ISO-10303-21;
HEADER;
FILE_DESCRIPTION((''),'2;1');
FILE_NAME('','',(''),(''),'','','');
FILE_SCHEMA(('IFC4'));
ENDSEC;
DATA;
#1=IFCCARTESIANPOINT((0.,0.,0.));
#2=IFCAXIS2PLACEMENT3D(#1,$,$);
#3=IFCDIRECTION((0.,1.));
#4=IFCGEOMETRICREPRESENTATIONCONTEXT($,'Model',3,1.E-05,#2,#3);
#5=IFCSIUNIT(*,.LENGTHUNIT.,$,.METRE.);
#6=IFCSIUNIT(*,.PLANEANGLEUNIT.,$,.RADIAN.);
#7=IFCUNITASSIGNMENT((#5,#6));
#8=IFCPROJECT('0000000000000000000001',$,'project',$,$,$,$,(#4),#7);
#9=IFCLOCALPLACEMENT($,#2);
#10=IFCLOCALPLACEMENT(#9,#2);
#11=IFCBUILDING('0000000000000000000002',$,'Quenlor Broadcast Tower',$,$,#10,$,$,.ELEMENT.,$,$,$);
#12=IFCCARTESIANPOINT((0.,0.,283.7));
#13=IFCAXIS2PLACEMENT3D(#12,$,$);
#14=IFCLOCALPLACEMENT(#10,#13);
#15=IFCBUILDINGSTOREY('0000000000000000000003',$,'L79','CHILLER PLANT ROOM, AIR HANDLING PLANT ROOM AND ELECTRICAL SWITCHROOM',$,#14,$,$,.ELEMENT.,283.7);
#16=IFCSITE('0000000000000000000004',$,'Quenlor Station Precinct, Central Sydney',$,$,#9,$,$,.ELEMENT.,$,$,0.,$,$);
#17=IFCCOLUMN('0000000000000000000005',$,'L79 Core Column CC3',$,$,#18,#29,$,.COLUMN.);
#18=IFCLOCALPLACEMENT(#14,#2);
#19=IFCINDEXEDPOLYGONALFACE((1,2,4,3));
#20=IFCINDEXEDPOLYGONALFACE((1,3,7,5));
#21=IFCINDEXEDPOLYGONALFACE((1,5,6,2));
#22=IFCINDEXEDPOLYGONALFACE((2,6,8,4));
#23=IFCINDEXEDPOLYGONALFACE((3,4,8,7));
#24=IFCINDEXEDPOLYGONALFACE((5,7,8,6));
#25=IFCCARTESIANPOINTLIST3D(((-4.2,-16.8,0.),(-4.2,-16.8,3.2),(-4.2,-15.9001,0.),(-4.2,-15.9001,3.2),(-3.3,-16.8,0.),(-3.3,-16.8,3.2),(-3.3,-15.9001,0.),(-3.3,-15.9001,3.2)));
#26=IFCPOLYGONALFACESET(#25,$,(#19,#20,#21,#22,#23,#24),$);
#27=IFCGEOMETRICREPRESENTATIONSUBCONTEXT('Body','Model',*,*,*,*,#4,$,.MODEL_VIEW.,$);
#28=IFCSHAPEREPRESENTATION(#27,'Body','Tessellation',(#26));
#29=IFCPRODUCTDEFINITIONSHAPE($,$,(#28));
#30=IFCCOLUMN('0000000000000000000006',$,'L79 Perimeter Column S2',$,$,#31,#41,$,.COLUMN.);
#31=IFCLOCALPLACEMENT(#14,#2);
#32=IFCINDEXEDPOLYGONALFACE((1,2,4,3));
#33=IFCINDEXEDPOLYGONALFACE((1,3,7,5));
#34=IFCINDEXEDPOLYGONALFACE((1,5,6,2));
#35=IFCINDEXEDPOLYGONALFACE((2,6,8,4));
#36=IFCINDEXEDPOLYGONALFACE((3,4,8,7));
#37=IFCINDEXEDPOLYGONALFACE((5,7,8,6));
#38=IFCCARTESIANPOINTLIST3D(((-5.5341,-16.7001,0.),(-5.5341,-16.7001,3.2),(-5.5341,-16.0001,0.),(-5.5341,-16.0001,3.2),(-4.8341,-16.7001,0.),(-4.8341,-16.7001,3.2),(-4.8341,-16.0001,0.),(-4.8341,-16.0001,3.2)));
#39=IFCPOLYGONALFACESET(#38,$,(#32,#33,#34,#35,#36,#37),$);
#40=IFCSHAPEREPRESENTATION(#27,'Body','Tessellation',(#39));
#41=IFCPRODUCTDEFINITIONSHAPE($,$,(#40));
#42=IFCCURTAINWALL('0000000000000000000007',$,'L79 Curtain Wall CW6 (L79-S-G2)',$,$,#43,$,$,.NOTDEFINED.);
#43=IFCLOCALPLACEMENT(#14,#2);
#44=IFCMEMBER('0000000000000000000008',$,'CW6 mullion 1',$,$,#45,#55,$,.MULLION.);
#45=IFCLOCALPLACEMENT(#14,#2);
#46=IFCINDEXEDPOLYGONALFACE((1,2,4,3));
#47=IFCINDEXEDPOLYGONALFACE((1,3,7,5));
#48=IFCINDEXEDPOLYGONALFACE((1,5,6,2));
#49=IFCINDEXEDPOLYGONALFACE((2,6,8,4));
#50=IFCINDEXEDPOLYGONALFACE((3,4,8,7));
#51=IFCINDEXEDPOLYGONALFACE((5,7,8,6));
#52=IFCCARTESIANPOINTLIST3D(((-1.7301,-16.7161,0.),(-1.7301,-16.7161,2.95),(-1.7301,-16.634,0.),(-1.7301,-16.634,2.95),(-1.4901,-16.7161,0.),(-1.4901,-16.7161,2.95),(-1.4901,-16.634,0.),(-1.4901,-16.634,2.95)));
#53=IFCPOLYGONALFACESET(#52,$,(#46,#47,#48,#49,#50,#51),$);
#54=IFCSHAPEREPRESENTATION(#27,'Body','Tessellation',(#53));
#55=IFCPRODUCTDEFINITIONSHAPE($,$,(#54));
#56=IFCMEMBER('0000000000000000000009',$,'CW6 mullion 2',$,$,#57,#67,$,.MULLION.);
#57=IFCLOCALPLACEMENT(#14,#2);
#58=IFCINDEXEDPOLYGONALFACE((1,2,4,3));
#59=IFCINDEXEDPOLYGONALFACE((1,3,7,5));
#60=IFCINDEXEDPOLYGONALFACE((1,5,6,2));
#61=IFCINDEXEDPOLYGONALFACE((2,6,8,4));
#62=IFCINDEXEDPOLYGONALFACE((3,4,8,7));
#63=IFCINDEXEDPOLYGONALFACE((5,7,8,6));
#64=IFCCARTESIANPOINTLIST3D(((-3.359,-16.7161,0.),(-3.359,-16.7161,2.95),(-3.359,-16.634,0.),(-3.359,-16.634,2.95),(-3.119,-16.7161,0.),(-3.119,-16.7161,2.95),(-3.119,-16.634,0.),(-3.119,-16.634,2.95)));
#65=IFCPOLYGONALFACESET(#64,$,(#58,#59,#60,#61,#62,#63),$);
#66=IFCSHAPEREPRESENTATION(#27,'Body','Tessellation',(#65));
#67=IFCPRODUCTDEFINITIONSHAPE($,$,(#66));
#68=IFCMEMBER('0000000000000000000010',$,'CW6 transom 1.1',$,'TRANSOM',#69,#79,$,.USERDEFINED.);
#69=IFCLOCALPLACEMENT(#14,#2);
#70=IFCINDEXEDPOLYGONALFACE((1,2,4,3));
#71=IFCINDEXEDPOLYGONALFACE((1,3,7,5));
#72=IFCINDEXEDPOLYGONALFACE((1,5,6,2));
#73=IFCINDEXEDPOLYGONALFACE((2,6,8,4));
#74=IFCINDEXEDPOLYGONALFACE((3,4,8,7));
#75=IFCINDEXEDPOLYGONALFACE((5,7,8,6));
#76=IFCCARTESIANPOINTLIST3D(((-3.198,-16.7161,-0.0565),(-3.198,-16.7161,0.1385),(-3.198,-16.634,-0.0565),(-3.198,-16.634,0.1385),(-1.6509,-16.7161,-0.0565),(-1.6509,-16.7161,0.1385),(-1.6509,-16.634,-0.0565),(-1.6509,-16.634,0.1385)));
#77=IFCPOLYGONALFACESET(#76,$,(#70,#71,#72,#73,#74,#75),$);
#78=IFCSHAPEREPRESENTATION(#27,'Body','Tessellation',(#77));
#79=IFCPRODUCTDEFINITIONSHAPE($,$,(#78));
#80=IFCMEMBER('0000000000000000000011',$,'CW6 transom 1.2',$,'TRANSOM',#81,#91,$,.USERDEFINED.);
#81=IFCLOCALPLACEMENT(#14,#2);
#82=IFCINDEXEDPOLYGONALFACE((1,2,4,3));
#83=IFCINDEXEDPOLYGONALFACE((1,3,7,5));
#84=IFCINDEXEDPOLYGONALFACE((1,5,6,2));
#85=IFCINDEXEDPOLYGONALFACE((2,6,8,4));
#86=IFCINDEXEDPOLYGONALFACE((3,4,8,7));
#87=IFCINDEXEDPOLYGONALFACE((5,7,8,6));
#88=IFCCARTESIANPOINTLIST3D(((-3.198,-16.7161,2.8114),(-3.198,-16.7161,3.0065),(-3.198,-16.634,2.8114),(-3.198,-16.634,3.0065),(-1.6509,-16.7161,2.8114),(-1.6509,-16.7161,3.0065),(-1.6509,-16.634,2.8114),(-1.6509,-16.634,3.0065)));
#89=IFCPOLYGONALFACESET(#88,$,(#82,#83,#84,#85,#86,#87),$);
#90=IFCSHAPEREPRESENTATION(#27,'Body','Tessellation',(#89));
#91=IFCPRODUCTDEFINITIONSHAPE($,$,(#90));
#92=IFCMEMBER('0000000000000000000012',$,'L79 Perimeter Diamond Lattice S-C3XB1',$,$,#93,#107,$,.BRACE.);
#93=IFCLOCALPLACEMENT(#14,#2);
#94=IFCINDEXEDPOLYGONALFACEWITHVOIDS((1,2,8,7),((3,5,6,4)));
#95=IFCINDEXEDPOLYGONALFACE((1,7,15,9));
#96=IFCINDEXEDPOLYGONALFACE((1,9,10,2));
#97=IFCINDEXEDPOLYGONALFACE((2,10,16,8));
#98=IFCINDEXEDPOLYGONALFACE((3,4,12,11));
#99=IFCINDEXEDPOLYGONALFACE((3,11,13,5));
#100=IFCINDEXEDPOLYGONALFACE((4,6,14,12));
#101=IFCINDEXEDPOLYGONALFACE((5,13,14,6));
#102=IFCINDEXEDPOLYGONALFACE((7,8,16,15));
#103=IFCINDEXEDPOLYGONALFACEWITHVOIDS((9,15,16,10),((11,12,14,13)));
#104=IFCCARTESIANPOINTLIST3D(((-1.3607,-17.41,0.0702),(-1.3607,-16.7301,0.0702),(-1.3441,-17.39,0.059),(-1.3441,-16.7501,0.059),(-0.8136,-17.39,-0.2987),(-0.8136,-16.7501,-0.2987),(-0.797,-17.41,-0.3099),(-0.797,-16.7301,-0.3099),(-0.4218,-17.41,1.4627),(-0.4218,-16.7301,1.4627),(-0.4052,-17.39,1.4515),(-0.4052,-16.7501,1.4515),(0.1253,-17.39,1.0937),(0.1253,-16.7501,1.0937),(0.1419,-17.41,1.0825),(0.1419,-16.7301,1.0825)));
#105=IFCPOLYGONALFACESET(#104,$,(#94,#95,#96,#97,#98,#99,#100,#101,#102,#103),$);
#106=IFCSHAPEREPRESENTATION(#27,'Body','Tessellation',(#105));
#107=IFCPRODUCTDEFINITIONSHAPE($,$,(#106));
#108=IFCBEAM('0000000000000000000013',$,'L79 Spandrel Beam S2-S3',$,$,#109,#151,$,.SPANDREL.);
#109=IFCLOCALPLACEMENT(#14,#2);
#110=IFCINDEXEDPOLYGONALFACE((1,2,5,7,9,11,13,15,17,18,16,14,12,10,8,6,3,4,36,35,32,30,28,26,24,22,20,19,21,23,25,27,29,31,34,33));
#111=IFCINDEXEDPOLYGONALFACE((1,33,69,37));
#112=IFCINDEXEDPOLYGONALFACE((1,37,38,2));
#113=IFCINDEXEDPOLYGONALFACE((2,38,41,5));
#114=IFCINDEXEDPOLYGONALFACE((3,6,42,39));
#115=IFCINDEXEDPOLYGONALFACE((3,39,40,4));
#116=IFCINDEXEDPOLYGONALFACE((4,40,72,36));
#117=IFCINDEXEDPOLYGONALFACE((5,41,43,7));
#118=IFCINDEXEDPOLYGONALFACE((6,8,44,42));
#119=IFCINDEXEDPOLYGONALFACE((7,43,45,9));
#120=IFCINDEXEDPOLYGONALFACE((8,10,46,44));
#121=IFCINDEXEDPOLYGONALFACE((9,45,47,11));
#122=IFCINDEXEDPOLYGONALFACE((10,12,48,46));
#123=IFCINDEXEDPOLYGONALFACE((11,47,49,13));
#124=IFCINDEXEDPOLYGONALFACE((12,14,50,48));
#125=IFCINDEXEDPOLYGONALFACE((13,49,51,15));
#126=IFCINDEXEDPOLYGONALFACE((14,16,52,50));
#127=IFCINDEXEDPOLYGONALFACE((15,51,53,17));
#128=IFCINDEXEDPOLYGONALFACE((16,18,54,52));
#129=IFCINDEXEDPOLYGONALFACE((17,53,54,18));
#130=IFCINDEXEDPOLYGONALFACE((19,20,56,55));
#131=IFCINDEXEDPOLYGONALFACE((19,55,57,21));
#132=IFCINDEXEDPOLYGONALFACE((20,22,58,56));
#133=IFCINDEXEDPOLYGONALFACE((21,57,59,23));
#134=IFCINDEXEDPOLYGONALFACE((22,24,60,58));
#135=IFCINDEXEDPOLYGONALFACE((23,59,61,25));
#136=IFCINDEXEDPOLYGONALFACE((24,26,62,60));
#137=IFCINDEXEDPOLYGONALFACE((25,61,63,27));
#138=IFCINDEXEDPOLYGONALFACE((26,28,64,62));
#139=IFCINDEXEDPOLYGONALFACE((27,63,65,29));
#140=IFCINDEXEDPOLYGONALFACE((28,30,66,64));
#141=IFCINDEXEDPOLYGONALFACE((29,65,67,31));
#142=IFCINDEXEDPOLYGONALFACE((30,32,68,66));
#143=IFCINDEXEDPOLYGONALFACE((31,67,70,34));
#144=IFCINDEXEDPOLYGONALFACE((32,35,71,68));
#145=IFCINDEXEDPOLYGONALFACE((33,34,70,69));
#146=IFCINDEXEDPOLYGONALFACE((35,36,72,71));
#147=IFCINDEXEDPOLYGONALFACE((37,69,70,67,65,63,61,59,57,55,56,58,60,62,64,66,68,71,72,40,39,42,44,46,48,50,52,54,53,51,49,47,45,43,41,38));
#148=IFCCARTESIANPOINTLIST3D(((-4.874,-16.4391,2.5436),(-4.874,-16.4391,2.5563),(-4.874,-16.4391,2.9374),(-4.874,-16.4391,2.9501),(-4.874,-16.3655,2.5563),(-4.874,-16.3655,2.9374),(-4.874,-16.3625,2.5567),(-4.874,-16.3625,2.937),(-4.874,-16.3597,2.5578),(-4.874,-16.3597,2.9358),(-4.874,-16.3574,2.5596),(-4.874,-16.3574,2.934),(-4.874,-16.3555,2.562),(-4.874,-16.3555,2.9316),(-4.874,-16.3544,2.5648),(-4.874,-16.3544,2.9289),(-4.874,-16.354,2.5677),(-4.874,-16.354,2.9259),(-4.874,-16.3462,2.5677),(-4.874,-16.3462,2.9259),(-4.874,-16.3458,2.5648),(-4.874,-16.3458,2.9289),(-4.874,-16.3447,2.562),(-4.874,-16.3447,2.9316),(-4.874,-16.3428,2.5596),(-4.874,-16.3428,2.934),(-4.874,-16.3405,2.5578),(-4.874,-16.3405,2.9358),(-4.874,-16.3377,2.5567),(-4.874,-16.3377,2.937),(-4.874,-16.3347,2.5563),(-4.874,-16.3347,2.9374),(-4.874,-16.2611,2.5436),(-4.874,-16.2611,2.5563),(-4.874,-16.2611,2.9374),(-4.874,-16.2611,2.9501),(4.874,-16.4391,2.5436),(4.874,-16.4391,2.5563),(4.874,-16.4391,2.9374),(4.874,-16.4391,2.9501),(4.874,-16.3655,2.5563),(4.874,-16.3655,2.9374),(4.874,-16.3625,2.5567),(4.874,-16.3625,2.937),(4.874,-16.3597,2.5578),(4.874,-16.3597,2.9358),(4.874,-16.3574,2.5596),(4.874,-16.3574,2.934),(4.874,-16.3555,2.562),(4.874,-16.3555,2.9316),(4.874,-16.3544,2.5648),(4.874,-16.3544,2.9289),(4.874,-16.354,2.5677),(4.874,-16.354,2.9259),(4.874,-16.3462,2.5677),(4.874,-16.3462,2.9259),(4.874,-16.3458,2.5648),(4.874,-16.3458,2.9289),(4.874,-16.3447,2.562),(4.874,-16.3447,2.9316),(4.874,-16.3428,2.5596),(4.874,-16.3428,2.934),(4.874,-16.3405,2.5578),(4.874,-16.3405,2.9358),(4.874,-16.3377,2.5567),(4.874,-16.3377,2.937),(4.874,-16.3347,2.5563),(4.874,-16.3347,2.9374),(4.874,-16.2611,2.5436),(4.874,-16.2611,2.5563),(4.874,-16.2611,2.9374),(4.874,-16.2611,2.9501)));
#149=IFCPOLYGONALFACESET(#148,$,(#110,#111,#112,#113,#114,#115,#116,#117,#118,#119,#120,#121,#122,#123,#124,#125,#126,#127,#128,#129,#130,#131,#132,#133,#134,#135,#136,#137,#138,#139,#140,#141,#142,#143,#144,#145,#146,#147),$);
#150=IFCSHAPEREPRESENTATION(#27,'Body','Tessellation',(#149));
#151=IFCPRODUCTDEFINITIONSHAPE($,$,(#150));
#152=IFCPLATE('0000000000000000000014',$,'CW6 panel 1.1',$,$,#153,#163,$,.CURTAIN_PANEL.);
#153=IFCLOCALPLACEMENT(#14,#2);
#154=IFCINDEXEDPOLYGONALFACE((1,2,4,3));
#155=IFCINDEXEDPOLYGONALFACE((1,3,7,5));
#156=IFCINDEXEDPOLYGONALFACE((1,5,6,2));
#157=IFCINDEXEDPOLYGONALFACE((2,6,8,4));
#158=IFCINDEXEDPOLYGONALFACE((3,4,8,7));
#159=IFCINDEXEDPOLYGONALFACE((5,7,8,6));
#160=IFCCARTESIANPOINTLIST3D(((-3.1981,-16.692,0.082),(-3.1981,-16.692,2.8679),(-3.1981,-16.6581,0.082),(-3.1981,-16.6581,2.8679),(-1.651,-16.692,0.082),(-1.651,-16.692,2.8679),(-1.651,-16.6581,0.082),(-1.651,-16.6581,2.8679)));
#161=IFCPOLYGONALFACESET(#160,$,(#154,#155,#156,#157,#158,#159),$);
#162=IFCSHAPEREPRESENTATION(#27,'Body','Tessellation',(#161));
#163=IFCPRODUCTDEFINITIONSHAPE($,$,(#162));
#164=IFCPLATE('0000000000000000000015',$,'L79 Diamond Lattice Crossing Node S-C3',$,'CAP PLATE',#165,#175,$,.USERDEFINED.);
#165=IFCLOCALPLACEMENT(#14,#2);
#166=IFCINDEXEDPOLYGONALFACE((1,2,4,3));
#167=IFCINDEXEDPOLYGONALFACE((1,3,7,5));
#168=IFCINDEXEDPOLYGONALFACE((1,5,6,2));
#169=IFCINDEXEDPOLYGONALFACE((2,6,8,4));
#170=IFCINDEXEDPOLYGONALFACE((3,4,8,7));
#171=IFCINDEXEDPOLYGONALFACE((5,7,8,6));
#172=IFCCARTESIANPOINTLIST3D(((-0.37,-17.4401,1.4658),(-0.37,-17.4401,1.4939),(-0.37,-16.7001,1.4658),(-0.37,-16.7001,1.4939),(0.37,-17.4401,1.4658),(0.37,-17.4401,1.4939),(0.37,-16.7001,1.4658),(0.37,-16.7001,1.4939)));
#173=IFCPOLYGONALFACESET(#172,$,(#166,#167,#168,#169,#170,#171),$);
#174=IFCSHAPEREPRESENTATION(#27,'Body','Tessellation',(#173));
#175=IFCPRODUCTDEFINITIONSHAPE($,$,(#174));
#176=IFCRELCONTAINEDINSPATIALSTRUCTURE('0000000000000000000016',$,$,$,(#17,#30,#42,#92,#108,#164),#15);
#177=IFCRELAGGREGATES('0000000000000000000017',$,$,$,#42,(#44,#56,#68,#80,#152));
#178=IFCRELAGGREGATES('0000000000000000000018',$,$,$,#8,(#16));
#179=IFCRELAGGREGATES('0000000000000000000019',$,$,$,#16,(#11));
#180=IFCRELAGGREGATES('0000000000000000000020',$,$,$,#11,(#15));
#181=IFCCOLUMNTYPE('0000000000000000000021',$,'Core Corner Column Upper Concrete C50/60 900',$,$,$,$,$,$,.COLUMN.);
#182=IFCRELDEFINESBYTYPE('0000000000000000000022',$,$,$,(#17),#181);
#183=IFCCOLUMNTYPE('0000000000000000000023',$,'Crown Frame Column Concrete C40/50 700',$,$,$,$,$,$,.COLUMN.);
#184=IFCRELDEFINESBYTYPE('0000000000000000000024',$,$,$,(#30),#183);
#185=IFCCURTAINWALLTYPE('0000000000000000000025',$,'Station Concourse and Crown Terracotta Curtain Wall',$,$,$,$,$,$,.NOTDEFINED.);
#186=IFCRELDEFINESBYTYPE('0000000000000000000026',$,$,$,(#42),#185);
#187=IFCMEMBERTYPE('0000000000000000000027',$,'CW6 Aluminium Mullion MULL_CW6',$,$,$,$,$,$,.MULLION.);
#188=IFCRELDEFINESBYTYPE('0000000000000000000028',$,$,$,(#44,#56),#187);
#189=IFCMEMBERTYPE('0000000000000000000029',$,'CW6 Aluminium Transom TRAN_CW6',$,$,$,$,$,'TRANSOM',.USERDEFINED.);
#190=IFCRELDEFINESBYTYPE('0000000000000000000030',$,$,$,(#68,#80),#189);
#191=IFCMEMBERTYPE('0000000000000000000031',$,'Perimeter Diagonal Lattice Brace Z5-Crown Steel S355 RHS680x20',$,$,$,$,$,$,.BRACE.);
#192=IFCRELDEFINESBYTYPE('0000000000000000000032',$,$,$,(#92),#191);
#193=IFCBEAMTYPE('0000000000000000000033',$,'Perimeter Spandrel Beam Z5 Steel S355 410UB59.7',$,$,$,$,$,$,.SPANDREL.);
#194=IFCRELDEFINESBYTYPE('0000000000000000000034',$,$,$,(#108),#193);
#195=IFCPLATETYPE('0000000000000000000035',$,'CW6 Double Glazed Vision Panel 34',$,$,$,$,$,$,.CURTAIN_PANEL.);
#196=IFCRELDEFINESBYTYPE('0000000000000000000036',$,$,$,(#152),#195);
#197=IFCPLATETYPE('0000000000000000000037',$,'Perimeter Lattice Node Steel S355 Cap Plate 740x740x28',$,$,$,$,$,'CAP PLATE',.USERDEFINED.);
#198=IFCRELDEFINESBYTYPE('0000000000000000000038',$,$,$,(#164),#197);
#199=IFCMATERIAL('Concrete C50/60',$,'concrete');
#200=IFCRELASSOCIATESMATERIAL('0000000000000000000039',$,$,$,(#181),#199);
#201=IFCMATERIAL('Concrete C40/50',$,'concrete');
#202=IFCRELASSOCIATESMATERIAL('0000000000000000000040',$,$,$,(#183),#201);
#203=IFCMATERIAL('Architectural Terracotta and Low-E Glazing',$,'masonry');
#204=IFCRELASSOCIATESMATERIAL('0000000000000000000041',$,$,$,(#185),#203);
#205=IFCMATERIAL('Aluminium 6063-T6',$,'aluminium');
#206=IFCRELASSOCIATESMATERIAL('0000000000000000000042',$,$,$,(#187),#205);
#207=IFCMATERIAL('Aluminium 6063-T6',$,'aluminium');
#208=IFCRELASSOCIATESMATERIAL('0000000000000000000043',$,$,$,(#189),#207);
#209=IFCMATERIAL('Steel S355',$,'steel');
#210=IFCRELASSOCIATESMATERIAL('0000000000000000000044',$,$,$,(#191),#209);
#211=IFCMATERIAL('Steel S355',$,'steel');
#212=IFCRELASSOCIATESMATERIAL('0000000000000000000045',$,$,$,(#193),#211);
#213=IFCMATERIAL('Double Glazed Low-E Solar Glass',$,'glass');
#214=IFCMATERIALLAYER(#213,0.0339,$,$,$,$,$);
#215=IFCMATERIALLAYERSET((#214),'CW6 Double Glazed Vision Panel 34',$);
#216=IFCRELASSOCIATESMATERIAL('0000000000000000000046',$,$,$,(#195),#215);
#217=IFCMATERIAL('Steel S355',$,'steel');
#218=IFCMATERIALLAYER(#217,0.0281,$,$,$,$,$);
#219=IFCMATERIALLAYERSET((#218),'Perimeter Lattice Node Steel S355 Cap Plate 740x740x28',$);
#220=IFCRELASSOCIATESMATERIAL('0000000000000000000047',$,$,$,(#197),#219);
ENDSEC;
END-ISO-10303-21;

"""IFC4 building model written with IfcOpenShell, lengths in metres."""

from ifc_helpers import new_model, si_unit, direction, frame, origin, origin_2d, place, context, subcontext, project, spatial, rectangle, hollow_rectangle, i_section, extrude, material, layer, layer_set, material_profile, profile_set, type_object, element, aggregate, save


model = new_model("IFC4")

# Units and contexts
model_context = context("Model", 3, precision=1e-05, world=origin(), true_north=direction((0.0, 1.0)))
body_context = subcontext(model_context, "Body", "Model", "MODEL_VIEW")
ifc_project = project(units=[si_unit("LENGTHUNIT", "METRE"), si_unit("PLANEANGLEUNIT", "RADIAN")], contexts=[model_context])

# Site, building, storey
site_placement = place(None, origin())
site = spatial("IfcSite", under=ifc_project, at=site_placement, Name="Quenlor Station Precinct, Central Sydney", CompositionType="ELEMENT", RefElevation=0.0)
building_placement = place(site_placement, origin())
building = spatial("IfcBuilding", under=site, at=building_placement, Name="Quenlor Broadcast Tower", CompositionType="ELEMENT")
storey_placement = place(building_placement, frame((0.0, 0.0, 283.7)))
storey = spatial("IfcBuildingStorey", under=building, at=storey_placement, Name="L79", Description="CHILLER PLANT ROOM, AIR HANDLING PLANT ROOM AND ELECTRICAL SWITCHROOM", CompositionType="ELEMENT", Elevation=283.7)

# Columns
ifc_material_1 = material(Name="Concrete C50/60", Category="concrete")
ifc_material_profile_1 = material_profile(ifc_material_1, rectangle(XDim=0.8999, YDim=0.8999, at=origin_2d()))
ifc_profile_set_1 = profile_set([ifc_material_profile_1], Name="Concrete C50/60 RC900x900")
column_type_1 = type_object("IfcColumnType", Name="Core Corner Column Upper Concrete C50/60 900", PredefinedType="COLUMN", material=ifc_profile_set_1)
column_1_placement = place(storey_placement, frame((-3.75, -16.3501, 0.0), z_axis=(0.0, 0.0, 1.0), x_axis=(1.0, 0.0, 0.0)))
element("IfcColumn", 1, at=column_1_placement, inside=storey, type_object=column_type_1, Name="L79 Core Column CC3", PredefinedType="COLUMN", context=body_context, shape_type="SweptSolid", body=[
    extrude(rectangle(XDim=0.8999, YDim=0.8999, at=origin_2d()), origin(), (0.0, 0.0, 1.0), 3.2),
])
ifc_material_2 = material(Name="Concrete C40/50", Category="concrete")
ifc_material_profile_2 = material_profile(ifc_material_2, rectangle(XDim=0.7, YDim=0.7, at=origin_2d()))
ifc_profile_set_2 = profile_set([ifc_material_profile_2], Name="Concrete C40/50 RC700x700")
column_type_2 = type_object("IfcColumnType", Name="Crown Frame Column Concrete C40/50 700", PredefinedType="COLUMN", material=ifc_profile_set_2)
column_2_placement = place(storey_placement, frame((-5.1841, -16.3501, 0.0), z_axis=(0.0, 0.0, 1.0), x_axis=(0.0, 1.0, 0.0)))
element("IfcColumn", 2, at=column_2_placement, inside=storey, type_object=column_type_2, Name="L79 Perimeter Column S2", PredefinedType="COLUMN", context=body_context, shape_type="SweptSolid", body=[
    extrude(rectangle(XDim=0.7, YDim=0.7, at=origin_2d()), origin(), (0.0, 0.0, 1.0), 3.2),
])

# Curtain wall, members
ifc_material_3 = material(Name="Architectural Terracotta and Low-E Glazing", Category="masonry")
curtain_wall_type = type_object("IfcCurtainWallType", Name="Station Concourse and Crown Terracotta Curtain Wall", PredefinedType="NOTDEFINED", material=ifc_material_3)
curtain_wall_placement = place(storey_placement, origin())
curtain_wall = element("IfcCurtainWall", 3, at=curtain_wall_placement, inside=storey, type_object=curtain_wall_type, Name="L79 Curtain Wall CW6 (L79-S-G2)", PredefinedType="NOTDEFINED")
ifc_material_4 = material(Name="Aluminium 6063-T6", Category="aluminium")
ifc_material_profile_3 = material_profile(ifc_material_4, rectangle(XDim=0.082, YDim=0.24, at=origin_2d()))
ifc_profile_set_3 = profile_set([ifc_material_profile_3], Name="Aluminium 6063-T6 MULL82x240")
member_type_1 = type_object("IfcMemberType", Name="CW6 Aluminium Mullion MULL_CW6", PredefinedType="MULLION", material=ifc_profile_set_3)
member_1_placement = place(storey_placement, frame((-1.6101, -16.675, 0.0), z_axis=(0.0, 0.0, 1.0), x_axis=(0.0, -1.0, 0.0)))
member_1 = element("IfcMember", 4, at=member_1_placement, type_object=member_type_1, Name="CW6 mullion 1", PredefinedType="MULLION", context=body_context, shape_type="SweptSolid", body=[
    extrude(rectangle(XDim=0.082, YDim=0.24, at=origin_2d()), origin(), (0.0, 0.0, 1.0), 2.95),
])
member_2_placement = place(storey_placement, frame((-3.239, -16.675, 0.0), z_axis=(0.0, 0.0, 1.0), x_axis=(0.0, -1.0, 0.0)))
member_2 = element("IfcMember", 5, at=member_2_placement, type_object=member_type_1, Name="CW6 mullion 2", PredefinedType="MULLION", context=body_context, shape_type="SweptSolid", body=[
    extrude(rectangle(XDim=0.082, YDim=0.24, at=origin_2d()), origin(), (0.0, 0.0, 1.0), 2.95),
])
ifc_material_5 = material(Name="Aluminium 6063-T6", Category="aluminium")
ifc_material_profile_4 = material_profile(ifc_material_5, rectangle(XDim=0.082, YDim=0.1951, at=origin_2d()))
ifc_profile_set_4 = profile_set([ifc_material_profile_4], Name="Aluminium 6063-T6 TRAN82x195")
member_type_2 = type_object("IfcMemberType", Name="CW6 Aluminium Transom TRAN_CW6", ElementType="TRANSOM", PredefinedType="USERDEFINED", material=ifc_profile_set_4)
member_3_placement = place(storey_placement, frame((-1.6509, -16.675, 0.041), z_axis=(-1.0, 0.0, 0.0), x_axis=(0.0, -1.0, 0.0)))
member_3 = element("IfcMember", 6, at=member_3_placement, type_object=member_type_2, Name="CW6 transom 1.1", ObjectType="TRANSOM", PredefinedType="USERDEFINED", context=body_context, shape_type="SweptSolid", body=[
    extrude(rectangle(XDim=0.082, YDim=0.1951, at=origin_2d()), origin(), (0.0, 0.0, 1.0), 1.5471),
])
member_4_placement = place(storey_placement, frame((-1.6509, -16.675, 2.9089), z_axis=(-1.0, 0.0, 0.0), x_axis=(0.0, -1.0, 0.0)))
member_4 = element("IfcMember", 7, at=member_4_placement, type_object=member_type_2, Name="CW6 transom 1.2", ObjectType="TRANSOM", PredefinedType="USERDEFINED", context=body_context, shape_type="SweptSolid", body=[
    extrude(rectangle(XDim=0.082, YDim=0.1951, at=origin_2d()), origin(), (0.0, 0.0, 1.0), 1.5471),
])

# Member
ifc_material_6 = material(Name="Steel S355", Category="steel")
ifc_material_profile_5 = material_profile(ifc_material_6, hollow_rectangle(XDim=0.6799, YDim=0.6799, WallThickness=0.02, at=origin_2d()))
ifc_profile_set_5 = profile_set([ifc_material_profile_5], Name="Steel S355 RHS680x680x20")
member_type_3 = type_object("IfcMemberType", Name="Perimeter Diagonal Lattice Brace Z5-Crown Steel S355 RHS680x20", PredefinedType="BRACE", material=ifc_profile_set_5)
member_5_placement = place(storey_placement, frame((-1.0789, -17.0701, -0.1199), z_axis=(0.559053, 0.0, 0.829132), x_axis=(0.0, 1.0, 0.0)))
element("IfcMember", 8, at=member_5_placement, inside=storey, type_object=member_type_3, Name="L79 Perimeter Diamond Lattice S-C3XB1", PredefinedType="BRACE", context=body_context, shape_type="SweptSolid", body=[
    extrude(hollow_rectangle(XDim=0.6799, YDim=0.6799, WallThickness=0.02, at=origin_2d()), origin(), (0.0, 0.0, 1.0), 1.6794),
])

# Beam
ifc_material_7 = material(Name="Steel S355", Category="steel")
ifc_material_profile_6 = material_profile(ifc_material_7, i_section(OverallWidth=0.178, OverallDepth=0.4065, WebThickness=0.0078, FlangeThickness=0.0127, FilletRadius=0.0115, at=origin_2d()))
ifc_profile_set_6 = profile_set([ifc_material_profile_6], Name="Steel S355 410UB59.7")
beam_type = type_object("IfcBeamType", Name="Perimeter Spandrel Beam Z5 Steel S355 410UB59.7", PredefinedType="SPANDREL", material=ifc_profile_set_6)
beam_placement = place(storey_placement, frame((-4.874, -16.3501, 2.7468), z_axis=(1.0, 0.0, 0.0), x_axis=(0.0, 1.0, 0.0)))
element("IfcBeam", 9, at=beam_placement, inside=storey, type_object=beam_type, Name="L79 Spandrel Beam S2-S3", PredefinedType="SPANDREL", context=body_context, shape_type="SweptSolid", body=[
    extrude(i_section(OverallWidth=0.178, OverallDepth=0.4065, WebThickness=0.0078, FlangeThickness=0.0127, FilletRadius=0.0115, at=origin_2d()), origin(), (0.0, 0.0, 1.0), 9.748),
])

# Plate
ifc_material_8 = material(Name="Double Glazed Low-E Solar Glass", Category="glass")
ifc_layer_1 = layer(ifc_material_8, 0.0339)
ifc_layer_set_1 = layer_set([ifc_layer_1], Name="CW6 Double Glazed Vision Panel 34")
plate_type_1 = type_object("IfcPlateType", Name="CW6 Double Glazed Vision Panel 34", PredefinedType="CURTAIN_PANEL", material=ifc_layer_set_1)
plate_1_placement = place(storey_placement, frame((-2.4246, -16.675, 0.082), z_axis=(0.0, 0.0, 1.0), x_axis=(-1.0, 0.0, 0.0)))
plate_1 = element("IfcPlate", 10, at=plate_1_placement, type_object=plate_type_1, Name="CW6 panel 1.1", PredefinedType="CURTAIN_PANEL", context=body_context, shape_type="SweptSolid", body=[
    extrude(rectangle(XDim=1.5471, YDim=0.0339, at=origin_2d()), origin(), (0.0, 0.0, 1.0), 2.7859),
])
aggregate(curtain_wall, [member_1, member_2, member_3, member_4, plate_1])

# Plate
ifc_material_9 = material(Name="Steel S355", Category="steel")
ifc_layer_2 = layer(ifc_material_9, 0.0281)
ifc_layer_set_2 = layer_set([ifc_layer_2], Name="Perimeter Lattice Node Steel S355 Cap Plate 740x740x28")
plate_type_2 = type_object("IfcPlateType", Name="Perimeter Lattice Node Steel S355 Cap Plate 740x740x28", ElementType="CAP PLATE", PredefinedType="USERDEFINED", material=ifc_layer_set_2)
plate_2_placement = place(storey_placement, frame((0.0, -17.0701, 1.4658), z_axis=(0.0, 0.0, 1.0), x_axis=(-1.0, 0.0, 0.0)))
element("IfcPlate", 11, at=plate_2_placement, inside=storey, type_object=plate_type_2, Name="L79 Diamond Lattice Crossing Node S-C3", ObjectType="CAP PLATE", PredefinedType="USERDEFINED", context=body_context, shape_type="SweptSolid", body=[
    extrude(rectangle(XDim=0.74, YDim=0.74, at=origin_2d()), origin(), (0.0, 0.0, 1.0), 0.0281),
])

save(model, "model.ifc")
